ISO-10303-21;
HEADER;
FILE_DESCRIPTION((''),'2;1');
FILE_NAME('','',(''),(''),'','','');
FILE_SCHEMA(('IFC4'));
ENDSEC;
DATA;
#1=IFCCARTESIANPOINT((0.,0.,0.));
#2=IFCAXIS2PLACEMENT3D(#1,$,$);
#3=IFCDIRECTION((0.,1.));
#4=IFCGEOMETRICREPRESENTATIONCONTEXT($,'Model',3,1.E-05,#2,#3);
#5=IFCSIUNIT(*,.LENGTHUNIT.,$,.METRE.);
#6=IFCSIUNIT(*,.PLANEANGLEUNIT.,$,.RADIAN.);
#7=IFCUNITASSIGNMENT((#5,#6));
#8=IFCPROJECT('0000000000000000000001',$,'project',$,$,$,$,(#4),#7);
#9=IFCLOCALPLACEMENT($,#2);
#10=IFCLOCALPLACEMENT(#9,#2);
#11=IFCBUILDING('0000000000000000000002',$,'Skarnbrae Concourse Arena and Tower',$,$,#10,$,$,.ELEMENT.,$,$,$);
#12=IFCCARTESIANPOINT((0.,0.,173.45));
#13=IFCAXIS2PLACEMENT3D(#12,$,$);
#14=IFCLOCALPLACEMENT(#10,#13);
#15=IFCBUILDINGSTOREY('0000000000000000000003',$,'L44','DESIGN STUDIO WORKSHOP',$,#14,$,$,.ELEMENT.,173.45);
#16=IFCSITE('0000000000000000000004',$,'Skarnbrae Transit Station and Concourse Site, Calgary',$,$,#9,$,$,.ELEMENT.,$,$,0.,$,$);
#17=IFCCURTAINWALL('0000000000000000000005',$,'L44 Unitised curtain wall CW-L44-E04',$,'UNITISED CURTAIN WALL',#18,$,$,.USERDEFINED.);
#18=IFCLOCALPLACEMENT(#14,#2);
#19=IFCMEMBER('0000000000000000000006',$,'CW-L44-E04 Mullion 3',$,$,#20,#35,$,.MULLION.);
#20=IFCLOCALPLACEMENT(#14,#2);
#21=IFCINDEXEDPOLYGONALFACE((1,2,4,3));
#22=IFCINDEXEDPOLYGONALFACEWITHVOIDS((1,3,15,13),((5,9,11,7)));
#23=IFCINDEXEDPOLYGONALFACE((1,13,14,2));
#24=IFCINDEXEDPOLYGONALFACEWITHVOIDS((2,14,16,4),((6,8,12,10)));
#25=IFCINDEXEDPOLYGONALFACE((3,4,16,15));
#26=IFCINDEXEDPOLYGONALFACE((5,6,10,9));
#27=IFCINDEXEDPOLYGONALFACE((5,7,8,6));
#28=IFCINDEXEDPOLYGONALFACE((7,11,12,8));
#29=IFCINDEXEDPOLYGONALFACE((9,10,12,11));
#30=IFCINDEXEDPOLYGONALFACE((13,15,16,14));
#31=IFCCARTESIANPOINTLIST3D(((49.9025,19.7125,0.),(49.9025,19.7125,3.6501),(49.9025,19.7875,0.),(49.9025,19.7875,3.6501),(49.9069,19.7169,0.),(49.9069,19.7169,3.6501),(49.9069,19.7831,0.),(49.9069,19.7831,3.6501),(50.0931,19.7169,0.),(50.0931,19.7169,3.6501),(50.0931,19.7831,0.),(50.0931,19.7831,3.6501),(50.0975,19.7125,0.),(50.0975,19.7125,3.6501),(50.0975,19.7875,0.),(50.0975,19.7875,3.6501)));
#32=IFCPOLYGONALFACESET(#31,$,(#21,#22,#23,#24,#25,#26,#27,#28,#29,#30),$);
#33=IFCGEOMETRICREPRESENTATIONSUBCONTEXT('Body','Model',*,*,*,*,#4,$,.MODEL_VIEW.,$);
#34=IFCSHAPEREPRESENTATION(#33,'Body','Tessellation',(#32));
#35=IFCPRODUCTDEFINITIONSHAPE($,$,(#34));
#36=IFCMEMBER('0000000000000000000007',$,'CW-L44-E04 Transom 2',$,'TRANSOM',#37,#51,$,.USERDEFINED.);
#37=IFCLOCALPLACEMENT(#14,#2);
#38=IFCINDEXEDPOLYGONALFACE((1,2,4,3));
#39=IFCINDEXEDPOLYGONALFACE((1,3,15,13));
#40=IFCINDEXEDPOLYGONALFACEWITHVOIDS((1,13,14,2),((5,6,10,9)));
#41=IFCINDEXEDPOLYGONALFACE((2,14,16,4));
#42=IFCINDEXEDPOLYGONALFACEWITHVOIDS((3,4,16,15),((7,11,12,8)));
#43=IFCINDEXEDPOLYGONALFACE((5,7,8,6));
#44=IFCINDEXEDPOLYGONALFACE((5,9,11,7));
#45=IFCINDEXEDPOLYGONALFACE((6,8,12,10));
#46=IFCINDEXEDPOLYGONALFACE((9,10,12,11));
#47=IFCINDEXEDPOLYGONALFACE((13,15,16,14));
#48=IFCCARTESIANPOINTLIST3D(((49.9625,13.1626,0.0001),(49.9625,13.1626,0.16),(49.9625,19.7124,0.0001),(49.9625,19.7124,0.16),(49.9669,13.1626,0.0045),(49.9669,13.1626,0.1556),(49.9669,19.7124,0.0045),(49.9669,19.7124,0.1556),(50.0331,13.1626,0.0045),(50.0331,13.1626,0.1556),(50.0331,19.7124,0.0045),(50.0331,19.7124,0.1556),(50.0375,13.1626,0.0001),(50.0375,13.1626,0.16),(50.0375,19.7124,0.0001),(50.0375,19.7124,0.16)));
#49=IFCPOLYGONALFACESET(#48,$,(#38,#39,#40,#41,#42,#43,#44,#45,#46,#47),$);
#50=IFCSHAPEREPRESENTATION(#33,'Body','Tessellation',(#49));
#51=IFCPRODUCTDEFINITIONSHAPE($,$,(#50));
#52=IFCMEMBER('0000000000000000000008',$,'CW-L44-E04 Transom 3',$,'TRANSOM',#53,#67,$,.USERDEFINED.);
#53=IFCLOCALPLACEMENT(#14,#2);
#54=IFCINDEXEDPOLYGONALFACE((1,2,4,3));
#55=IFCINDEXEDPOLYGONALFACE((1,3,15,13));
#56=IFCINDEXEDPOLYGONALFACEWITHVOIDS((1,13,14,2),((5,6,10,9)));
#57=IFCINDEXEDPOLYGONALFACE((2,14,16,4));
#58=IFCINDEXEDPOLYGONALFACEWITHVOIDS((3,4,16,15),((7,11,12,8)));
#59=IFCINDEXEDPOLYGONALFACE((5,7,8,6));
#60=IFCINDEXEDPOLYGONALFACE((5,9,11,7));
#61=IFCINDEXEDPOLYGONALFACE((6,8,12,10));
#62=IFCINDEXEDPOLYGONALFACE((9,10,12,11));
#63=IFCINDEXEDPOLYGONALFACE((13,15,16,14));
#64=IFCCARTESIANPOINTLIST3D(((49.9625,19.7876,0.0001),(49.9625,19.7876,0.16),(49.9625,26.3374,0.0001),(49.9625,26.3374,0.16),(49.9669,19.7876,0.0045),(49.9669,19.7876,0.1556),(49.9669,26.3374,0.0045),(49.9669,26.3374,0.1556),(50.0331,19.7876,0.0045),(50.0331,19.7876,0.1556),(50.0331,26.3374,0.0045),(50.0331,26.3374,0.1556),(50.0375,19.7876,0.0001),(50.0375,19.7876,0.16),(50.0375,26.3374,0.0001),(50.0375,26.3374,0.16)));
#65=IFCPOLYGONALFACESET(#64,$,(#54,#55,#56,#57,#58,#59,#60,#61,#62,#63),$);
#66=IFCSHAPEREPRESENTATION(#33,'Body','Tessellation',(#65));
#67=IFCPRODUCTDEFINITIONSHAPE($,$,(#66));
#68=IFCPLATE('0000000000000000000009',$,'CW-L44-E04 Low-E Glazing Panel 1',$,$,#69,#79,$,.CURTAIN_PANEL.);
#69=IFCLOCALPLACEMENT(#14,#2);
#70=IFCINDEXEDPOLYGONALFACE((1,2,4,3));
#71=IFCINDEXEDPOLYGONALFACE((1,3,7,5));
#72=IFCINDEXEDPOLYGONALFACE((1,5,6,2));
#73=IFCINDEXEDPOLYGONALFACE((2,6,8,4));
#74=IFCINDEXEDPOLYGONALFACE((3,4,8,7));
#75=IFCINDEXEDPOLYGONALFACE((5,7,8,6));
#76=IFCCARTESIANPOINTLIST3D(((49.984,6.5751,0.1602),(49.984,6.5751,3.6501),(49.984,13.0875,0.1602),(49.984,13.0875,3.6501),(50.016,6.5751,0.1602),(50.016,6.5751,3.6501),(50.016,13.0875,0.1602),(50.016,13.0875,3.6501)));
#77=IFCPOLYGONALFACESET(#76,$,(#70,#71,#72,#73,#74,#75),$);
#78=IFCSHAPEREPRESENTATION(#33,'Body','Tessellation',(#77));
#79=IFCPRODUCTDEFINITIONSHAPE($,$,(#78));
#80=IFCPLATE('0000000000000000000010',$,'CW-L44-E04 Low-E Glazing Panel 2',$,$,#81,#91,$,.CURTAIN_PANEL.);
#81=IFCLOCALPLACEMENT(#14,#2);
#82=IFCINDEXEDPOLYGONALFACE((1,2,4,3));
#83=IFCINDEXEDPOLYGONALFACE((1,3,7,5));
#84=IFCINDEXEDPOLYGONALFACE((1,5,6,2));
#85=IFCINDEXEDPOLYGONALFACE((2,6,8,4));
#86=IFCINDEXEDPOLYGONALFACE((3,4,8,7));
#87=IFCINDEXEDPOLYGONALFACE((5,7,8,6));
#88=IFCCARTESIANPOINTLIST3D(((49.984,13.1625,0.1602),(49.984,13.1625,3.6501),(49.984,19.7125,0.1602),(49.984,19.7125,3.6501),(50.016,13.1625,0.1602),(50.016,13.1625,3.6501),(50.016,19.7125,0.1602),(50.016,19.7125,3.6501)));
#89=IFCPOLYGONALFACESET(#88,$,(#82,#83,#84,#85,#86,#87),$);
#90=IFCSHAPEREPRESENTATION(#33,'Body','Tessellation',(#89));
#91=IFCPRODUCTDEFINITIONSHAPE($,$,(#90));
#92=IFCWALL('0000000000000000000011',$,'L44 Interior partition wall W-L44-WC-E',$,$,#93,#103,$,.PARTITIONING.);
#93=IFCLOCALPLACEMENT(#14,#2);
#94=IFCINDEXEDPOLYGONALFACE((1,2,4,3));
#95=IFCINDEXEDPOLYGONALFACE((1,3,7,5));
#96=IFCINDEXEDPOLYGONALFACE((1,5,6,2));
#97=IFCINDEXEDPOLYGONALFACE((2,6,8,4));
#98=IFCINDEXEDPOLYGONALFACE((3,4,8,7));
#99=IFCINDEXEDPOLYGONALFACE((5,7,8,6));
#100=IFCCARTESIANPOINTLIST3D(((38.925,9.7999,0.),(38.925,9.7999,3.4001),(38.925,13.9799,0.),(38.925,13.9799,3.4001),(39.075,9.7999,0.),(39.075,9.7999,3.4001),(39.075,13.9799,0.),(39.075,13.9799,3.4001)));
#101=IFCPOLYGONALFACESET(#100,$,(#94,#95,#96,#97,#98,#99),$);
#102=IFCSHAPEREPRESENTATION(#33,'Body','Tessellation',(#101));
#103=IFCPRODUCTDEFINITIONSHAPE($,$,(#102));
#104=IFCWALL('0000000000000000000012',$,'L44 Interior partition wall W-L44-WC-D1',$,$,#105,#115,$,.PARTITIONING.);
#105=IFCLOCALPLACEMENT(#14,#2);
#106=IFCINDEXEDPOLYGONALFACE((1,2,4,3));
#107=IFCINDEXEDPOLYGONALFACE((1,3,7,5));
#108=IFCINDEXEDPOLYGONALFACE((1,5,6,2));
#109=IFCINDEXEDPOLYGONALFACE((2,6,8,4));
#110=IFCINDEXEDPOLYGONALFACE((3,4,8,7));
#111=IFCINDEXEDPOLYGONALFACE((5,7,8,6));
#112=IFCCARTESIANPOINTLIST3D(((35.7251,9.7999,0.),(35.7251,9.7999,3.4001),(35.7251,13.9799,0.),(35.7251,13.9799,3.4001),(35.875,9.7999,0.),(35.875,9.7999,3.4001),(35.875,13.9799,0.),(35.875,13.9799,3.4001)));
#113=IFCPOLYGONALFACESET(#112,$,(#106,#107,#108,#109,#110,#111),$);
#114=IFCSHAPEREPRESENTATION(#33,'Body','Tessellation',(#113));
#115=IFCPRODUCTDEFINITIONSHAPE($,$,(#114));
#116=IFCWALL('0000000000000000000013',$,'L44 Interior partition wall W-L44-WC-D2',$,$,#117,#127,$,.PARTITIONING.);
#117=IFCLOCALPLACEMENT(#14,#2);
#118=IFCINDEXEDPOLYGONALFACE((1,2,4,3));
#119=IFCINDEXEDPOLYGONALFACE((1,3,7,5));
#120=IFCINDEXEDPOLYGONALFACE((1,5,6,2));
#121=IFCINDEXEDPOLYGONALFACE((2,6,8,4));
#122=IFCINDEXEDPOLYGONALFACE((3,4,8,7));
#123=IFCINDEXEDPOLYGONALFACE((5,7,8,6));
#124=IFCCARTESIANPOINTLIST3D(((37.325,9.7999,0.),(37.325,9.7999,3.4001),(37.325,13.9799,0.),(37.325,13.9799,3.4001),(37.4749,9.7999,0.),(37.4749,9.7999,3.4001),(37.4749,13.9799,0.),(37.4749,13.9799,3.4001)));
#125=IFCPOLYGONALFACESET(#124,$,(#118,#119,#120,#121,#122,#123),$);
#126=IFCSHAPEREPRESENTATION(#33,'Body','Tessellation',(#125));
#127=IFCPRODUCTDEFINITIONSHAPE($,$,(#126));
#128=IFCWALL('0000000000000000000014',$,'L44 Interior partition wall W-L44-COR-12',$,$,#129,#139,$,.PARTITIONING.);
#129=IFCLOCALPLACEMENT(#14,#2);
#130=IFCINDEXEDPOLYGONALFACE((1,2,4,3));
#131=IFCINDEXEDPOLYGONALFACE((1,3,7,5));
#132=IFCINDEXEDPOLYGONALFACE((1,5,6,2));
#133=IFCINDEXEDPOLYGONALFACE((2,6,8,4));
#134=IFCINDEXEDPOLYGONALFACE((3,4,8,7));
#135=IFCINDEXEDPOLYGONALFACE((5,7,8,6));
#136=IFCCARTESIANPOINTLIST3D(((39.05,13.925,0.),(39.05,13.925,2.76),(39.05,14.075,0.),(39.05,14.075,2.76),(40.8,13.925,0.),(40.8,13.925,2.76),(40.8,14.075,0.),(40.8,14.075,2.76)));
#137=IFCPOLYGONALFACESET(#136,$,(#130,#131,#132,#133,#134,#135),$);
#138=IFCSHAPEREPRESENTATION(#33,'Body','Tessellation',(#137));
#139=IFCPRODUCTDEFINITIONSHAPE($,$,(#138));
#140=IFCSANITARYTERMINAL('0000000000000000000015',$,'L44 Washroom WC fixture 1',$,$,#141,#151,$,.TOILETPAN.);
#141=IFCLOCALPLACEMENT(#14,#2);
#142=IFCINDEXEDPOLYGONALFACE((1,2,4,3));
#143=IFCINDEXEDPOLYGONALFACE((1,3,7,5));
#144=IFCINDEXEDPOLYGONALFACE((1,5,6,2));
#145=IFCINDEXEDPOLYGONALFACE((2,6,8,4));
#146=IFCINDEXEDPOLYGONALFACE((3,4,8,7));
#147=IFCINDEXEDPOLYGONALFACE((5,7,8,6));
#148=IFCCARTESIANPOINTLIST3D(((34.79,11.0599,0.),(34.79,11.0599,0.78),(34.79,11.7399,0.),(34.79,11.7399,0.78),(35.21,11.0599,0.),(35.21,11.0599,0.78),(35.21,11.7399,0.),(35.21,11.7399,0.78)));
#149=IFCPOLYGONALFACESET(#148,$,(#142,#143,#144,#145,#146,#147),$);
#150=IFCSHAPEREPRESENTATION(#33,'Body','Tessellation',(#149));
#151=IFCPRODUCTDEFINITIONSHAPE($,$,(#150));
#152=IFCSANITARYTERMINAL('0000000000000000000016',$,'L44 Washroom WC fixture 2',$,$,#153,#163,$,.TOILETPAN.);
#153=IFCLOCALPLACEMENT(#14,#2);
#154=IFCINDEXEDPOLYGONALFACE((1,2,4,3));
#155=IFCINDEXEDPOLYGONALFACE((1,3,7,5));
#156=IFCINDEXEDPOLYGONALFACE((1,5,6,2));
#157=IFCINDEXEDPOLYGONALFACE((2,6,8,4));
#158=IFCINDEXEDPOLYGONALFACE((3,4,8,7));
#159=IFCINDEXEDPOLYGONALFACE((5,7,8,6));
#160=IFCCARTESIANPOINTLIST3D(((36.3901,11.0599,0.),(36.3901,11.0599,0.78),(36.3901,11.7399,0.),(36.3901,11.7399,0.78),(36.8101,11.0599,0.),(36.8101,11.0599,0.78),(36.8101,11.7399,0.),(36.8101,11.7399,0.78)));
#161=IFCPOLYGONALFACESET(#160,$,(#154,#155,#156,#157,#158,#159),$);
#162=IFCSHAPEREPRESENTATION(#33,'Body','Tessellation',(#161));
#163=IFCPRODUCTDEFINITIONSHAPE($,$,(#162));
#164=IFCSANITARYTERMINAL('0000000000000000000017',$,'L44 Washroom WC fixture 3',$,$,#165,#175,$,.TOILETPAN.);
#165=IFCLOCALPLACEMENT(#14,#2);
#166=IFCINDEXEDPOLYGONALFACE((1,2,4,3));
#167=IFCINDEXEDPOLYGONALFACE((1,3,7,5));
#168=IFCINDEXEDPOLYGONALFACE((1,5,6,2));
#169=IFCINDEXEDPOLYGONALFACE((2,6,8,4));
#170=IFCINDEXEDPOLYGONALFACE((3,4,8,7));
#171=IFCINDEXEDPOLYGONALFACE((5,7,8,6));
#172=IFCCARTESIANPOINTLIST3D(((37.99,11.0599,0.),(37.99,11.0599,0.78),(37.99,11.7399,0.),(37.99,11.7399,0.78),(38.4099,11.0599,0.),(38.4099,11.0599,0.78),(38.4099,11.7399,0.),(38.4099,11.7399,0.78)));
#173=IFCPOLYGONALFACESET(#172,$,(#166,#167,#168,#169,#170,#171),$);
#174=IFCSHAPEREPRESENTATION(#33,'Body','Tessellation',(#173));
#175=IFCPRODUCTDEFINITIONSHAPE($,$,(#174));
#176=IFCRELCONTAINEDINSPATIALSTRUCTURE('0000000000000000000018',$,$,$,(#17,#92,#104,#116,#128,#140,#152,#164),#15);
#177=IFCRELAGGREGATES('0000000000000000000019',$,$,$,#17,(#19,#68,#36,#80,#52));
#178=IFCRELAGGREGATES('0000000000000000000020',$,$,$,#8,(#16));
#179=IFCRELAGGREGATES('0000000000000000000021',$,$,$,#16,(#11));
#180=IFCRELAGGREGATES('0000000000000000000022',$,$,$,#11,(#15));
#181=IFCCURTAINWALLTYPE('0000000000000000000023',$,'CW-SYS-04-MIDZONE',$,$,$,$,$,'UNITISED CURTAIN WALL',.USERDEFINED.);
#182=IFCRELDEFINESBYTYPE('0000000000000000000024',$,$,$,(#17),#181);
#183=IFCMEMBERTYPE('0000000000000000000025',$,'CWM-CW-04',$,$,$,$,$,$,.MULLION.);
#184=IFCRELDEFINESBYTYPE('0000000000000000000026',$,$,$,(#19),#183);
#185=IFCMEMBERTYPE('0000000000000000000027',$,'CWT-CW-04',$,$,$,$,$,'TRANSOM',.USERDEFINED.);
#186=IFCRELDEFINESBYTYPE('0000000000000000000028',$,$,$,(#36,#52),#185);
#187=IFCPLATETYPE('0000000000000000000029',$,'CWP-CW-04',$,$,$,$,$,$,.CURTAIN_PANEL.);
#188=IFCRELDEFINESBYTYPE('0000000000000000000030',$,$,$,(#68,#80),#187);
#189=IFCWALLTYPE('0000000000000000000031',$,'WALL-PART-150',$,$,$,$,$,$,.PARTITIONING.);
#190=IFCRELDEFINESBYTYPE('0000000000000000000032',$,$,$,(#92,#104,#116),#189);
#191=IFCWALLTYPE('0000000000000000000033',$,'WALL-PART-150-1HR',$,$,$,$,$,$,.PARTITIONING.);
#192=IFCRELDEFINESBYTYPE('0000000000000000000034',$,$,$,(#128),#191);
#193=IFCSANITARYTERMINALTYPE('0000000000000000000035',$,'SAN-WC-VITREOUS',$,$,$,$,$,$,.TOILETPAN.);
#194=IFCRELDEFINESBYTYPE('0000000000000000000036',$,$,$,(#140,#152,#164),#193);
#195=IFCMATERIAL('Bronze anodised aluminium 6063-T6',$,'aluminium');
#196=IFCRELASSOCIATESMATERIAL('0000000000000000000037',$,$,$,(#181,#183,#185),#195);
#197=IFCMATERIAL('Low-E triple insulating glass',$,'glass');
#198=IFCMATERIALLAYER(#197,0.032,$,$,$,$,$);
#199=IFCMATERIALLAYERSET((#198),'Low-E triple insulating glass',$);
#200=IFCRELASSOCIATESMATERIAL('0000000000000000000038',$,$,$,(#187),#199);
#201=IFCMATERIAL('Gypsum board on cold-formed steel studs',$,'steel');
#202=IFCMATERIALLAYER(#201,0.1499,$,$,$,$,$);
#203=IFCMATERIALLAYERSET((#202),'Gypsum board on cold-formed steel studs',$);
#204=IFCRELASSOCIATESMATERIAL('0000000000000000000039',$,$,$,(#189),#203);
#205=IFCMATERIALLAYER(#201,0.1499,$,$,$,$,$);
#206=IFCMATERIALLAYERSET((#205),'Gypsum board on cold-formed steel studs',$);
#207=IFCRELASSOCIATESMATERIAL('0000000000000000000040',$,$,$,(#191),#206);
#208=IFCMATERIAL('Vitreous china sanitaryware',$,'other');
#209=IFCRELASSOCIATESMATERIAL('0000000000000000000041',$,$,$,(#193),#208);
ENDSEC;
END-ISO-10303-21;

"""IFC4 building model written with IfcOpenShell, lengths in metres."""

from ifc_helpers import new_model, si_unit, direction, frame, frame_2d, origin, origin_2d, place, context, subcontext, project, spatial, rectangle, hollow_rectangle, extrude, source, transform, mapped, material, layer, layer_set, material_profile, profile_set, type_object, element, aggregate, save


model = new_model("IFC4")

# Units and contexts
model_context = context("Model", 3, precision=1e-05, world=origin(), true_north=direction((0.0, 1.0)))
body_context = subcontext(model_context, "Body", "Model", "MODEL_VIEW")
ifc_project = project(units=[si_unit("LENGTHUNIT", "METRE"), si_unit("PLANEANGLEUNIT", "RADIAN")], contexts=[model_context])

# Site, building, storey
site_placement = place(None, origin())
site = spatial("IfcSite", under=ifc_project, at=site_placement, Name="Skarnbrae Transit Station and Concourse Site, Calgary", CompositionType="ELEMENT", RefElevation=0.0)
building_placement = place(site_placement, origin())
building = spatial("IfcBuilding", under=site, at=building_placement, Name="Skarnbrae Concourse Arena and Tower", CompositionType="ELEMENT")
storey_placement = place(building_placement, frame((0.0, 0.0, 173.45)))
storey = spatial("IfcBuildingStorey", under=building, at=storey_placement, Name="L44", Description="DESIGN STUDIO WORKSHOP", CompositionType="ELEMENT", Elevation=173.45)

# Curtain wall, members, plates
ifc_material_1 = material(Name="Bronze anodised aluminium 6063-T6", Category="aluminium")
curtain_wall_type = type_object("IfcCurtainWallType", Name="CW-SYS-04-MIDZONE", ElementType="UNITISED CURTAIN WALL", PredefinedType="USERDEFINED", material=ifc_material_1)
curtain_wall_placement = place(storey_placement, origin())
curtain_wall = element("IfcCurtainWall", 1, at=curtain_wall_placement, inside=storey, type_object=curtain_wall_type, Name="L44 Unitised curtain wall CW-L44-E04", ObjectType="UNITISED CURTAIN WALL", PredefinedType="USERDEFINED")
ifc_material_profile_1 = material_profile(ifc_material_1, hollow_rectangle(XDim=0.075, YDim=0.1951, WallThickness=0.0044, at=origin_2d()), Name="ALU-MULL-75X195")
ifc_profile_set_1 = profile_set([ifc_material_profile_1], Name="Bronze anodised aluminium 6063-T6")
member_type_1 = type_object("IfcMemberType", Name="CWM-CW-04", PredefinedType="MULLION", material=ifc_profile_set_1)
shared_shape_1 = source(origin(), body_context, "Body", "SweptSolid", [
    extrude(hollow_rectangle(XDim=0.075, YDim=0.1951, WallThickness=0.0044, at=origin_2d()), origin(), (0.0, 0.0, 1.0), 3.6501),
])
member_1_placement = place(storey_placement, frame((50.0, 19.75, 0.0), z_axis=(0.0, 0.0, 1.0), x_axis=(0.0, 1.0, 0.0)))
member_1 = element("IfcMember", 2, at=member_1_placement, type_object=member_type_1, Name="CW-L44-E04 Mullion 3", PredefinedType="MULLION", context=body_context, shape_type="MappedRepresentation", body=[
    mapped(shared_shape_1, transform((0.0, 0.0, 0.0))),
])
ifc_material_profile_2 = material_profile(ifc_material_1, hollow_rectangle(XDim=0.075, YDim=0.1599, WallThickness=0.0044, at=origin_2d()), Name="ALU-TRAN-75X160")
ifc_profile_set_2 = profile_set([ifc_material_profile_2], Name="Bronze anodised aluminium 6063-T6")
member_type_2 = type_object("IfcMemberType", Name="CWT-CW-04", ElementType="TRANSOM", PredefinedType="USERDEFINED", material=ifc_profile_set_2)
shared_shape_2 = source(origin(), body_context, "Body", "SweptSolid", [
    extrude(hollow_rectangle(XDim=0.075, YDim=0.1599, WallThickness=0.0044, at=origin_2d()), origin(), (0.0, 0.0, 1.0), 6.5498),
])
member_2_placement = place(storey_placement, frame((50.0, 13.1626, 0.0801), z_axis=(0.0, 1.0, 0.0), x_axis=(-1.0, 0.0, 0.0)))
member_2 = element("IfcMember", 3, at=member_2_placement, type_object=member_type_2, Name="CW-L44-E04 Transom 2", ObjectType="TRANSOM", PredefinedType="USERDEFINED", context=body_context, shape_type="MappedRepresentation", body=[
    mapped(shared_shape_2, transform((0.0, 0.0, 0.0))),
])
member_3_placement = place(storey_placement, frame((50.0, 19.7876, 0.0801), z_axis=(0.0, 1.0, 0.0), x_axis=(-1.0, 0.0, 0.0)))
member_3 = element("IfcMember", 4, at=member_3_placement, type_object=member_type_2, Name="CW-L44-E04 Transom 3", ObjectType="TRANSOM", PredefinedType="USERDEFINED", context=body_context, shape_type="MappedRepresentation", body=[
    mapped(shared_shape_2, transform((0.0, 0.0, 0.0))),
])
ifc_material_2 = material(Name="Low-E triple insulating glass", Category="glass")
ifc_layer_1 = layer(ifc_material_2, 0.032)
ifc_layer_set_1 = layer_set([ifc_layer_1], Name="Low-E triple insulating glass")
plate_type = type_object("IfcPlateType", Name="CWP-CW-04", PredefinedType="CURTAIN_PANEL", material=ifc_layer_set_1)
shared_shape_3 = source(origin(), body_context, "Body", "SweptSolid", [
    extrude(rectangle(XDim=6.5125, YDim=0.032, at=origin_2d()), origin(), (0.0, 0.0, 1.0), 3.49),
])
plate_1_placement = place(storey_placement, frame((50.0, 9.8313, 0.1602), z_axis=(0.0, 0.0, 1.0), x_axis=(0.0, 1.0, 0.0)))
plate_1 = element("IfcPlate", 5, at=plate_1_placement, type_object=plate_type, Name="CW-L44-E04 Low-E Glazing Panel 1", PredefinedType="CURTAIN_PANEL", context=body_context, shape_type="MappedRepresentation", body=[
    mapped(shared_shape_3, transform((0.0, 0.0, 0.0))),
])
shared_shape_4 = source(origin(), body_context, "Body", "SweptSolid", [
    extrude(rectangle(XDim=6.55, YDim=0.032, at=origin_2d()), origin(), (0.0, 0.0, 1.0), 3.49),
])
plate_2_placement = place(storey_placement, frame((50.0, 16.4375, 0.1602), z_axis=(0.0, 0.0, 1.0), x_axis=(0.0, 1.0, 0.0)))
plate_2 = element("IfcPlate", 6, at=plate_2_placement, type_object=plate_type, Name="CW-L44-E04 Low-E Glazing Panel 2", PredefinedType="CURTAIN_PANEL", context=body_context, shape_type="MappedRepresentation", body=[
    mapped(shared_shape_4, transform((0.0, 0.0, 0.0))),
])
aggregate(curtain_wall, [member_1, plate_1, member_2, plate_2, member_3])

# Walls
ifc_material_3 = material(Name="Gypsum board on cold-formed steel studs", Category="steel")
ifc_layer_2 = layer(ifc_material_3, 0.1499)
ifc_layer_set_2 = layer_set([ifc_layer_2], Name="Gypsum board on cold-formed steel studs")
wall_type_1 = type_object("IfcWallType", Name="WALL-PART-150", PredefinedType="PARTITIONING", material=ifc_layer_set_2)
shared_shape_5 = source(origin(), body_context, "Body", "SweptSolid", [
    extrude(rectangle(XDim=4.1799, YDim=0.1499, at=frame_2d((2.0898, 0.0))), origin(), (0.0, 0.0, 1.0), 3.4001),
])
for number, where, z_axis, x_axis, name in (
    (7, (39.0, 9.8, 0.0), (0.0, 0.0, 1.0), (0.0, 1.0, 0.0), "L44 Interior partition wall W-L44-WC-E"),
    (8, (35.8, 9.8, 0.0), (0.0, 0.0, 1.0), (0.0, 1.0, 0.0), "L44 Interior partition wall W-L44-WC-D1"),
    (9, (37.3999, 9.8, 0.0), (0.0, 0.0, 1.0), (0.0, 1.0, 0.0), "L44 Interior partition wall W-L44-WC-D2"),
):
    element("IfcWall", number, at=place(storey_placement, frame(where, z_axis=z_axis, x_axis=x_axis)), inside=storey, type_object=wall_type_1, Name=name, PredefinedType="PARTITIONING", context=body_context, shape_type="MappedRepresentation", body=[
        mapped(shared_shape_5, transform((0.0, 0.0, 0.0))),
    ])

# Shared definitions
ifc_layer_3 = layer(ifc_material_3, 0.1499)
ifc_layer_set_3 = layer_set([ifc_layer_3], Name="Gypsum board on cold-formed steel studs")
wall_type_2 = type_object("IfcWallType", Name="WALL-PART-150-1HR", PredefinedType="PARTITIONING", material=ifc_layer_set_3)

# Wall
shared_shape_6 = source(origin(), body_context, "Body", "SweptSolid", [
    extrude(rectangle(XDim=1.75, YDim=0.1499, at=frame_2d((0.875, 0.0))), origin(), (0.0, 0.0, 1.0), 2.76),
])
wall_1_placement = place(storey_placement, frame((40.8, 14.0, 0.0), z_axis=(0.0, 0.0, 1.0), x_axis=(-1.0, 0.0, 0.0)))
element("IfcWall", 10, at=wall_1_placement, inside=storey, type_object=wall_type_2, Name="L44 Interior partition wall W-L44-COR-12", PredefinedType="PARTITIONING", context=body_context, shape_type="MappedRepresentation", body=[
    mapped(shared_shape_6, transform((0.0, 0.0, 0.0))),
])

# Sanitary terminals
ifc_material_4 = material(Name="Vitreous china sanitaryware", Category="other")
sanitary_terminal_type = type_object("IfcSanitaryTerminalType", Name="SAN-WC-VITREOUS", PredefinedType="TOILETPAN", material=ifc_material_4)
shared_shape_7 = source(origin(), body_context, "Body", "SweptSolid", [
    extrude(rectangle(XDim=0.4199, YDim=0.6799, at=origin_2d()), origin(), (0.0, 0.0, 1.0), 0.78),
])
for number, where, z_axis, x_axis, name in (
    (11, (35.0, 11.3999, 0.0), (0.0, 0.0, 1.0), (1.0, 0.0, 0.0), "L44 Washroom WC fixture 1"),
    (12, (36.6001, 11.3999, 0.0), (0.0, 0.0, 1.0), (1.0, 0.0, 0.0), "L44 Washroom WC fixture 2"),
    (13, (38.2, 11.3999, 0.0), (0.0, 0.0, 1.0), (1.0, 0.0, 0.0), "L44 Washroom WC fixture 3"),
):
    element("IfcSanitaryTerminal", number, at=place(storey_placement, frame(where, z_axis=z_axis, x_axis=x_axis)), inside=storey, type_object=sanitary_terminal_type, Name=name, PredefinedType="TOILETPAN", context=body_context, shape_type="MappedRepresentation", body=[
        mapped(shared_shape_7, transform((0.0, 0.0, 0.0))),
    ])

save(model, "model.ifc")
